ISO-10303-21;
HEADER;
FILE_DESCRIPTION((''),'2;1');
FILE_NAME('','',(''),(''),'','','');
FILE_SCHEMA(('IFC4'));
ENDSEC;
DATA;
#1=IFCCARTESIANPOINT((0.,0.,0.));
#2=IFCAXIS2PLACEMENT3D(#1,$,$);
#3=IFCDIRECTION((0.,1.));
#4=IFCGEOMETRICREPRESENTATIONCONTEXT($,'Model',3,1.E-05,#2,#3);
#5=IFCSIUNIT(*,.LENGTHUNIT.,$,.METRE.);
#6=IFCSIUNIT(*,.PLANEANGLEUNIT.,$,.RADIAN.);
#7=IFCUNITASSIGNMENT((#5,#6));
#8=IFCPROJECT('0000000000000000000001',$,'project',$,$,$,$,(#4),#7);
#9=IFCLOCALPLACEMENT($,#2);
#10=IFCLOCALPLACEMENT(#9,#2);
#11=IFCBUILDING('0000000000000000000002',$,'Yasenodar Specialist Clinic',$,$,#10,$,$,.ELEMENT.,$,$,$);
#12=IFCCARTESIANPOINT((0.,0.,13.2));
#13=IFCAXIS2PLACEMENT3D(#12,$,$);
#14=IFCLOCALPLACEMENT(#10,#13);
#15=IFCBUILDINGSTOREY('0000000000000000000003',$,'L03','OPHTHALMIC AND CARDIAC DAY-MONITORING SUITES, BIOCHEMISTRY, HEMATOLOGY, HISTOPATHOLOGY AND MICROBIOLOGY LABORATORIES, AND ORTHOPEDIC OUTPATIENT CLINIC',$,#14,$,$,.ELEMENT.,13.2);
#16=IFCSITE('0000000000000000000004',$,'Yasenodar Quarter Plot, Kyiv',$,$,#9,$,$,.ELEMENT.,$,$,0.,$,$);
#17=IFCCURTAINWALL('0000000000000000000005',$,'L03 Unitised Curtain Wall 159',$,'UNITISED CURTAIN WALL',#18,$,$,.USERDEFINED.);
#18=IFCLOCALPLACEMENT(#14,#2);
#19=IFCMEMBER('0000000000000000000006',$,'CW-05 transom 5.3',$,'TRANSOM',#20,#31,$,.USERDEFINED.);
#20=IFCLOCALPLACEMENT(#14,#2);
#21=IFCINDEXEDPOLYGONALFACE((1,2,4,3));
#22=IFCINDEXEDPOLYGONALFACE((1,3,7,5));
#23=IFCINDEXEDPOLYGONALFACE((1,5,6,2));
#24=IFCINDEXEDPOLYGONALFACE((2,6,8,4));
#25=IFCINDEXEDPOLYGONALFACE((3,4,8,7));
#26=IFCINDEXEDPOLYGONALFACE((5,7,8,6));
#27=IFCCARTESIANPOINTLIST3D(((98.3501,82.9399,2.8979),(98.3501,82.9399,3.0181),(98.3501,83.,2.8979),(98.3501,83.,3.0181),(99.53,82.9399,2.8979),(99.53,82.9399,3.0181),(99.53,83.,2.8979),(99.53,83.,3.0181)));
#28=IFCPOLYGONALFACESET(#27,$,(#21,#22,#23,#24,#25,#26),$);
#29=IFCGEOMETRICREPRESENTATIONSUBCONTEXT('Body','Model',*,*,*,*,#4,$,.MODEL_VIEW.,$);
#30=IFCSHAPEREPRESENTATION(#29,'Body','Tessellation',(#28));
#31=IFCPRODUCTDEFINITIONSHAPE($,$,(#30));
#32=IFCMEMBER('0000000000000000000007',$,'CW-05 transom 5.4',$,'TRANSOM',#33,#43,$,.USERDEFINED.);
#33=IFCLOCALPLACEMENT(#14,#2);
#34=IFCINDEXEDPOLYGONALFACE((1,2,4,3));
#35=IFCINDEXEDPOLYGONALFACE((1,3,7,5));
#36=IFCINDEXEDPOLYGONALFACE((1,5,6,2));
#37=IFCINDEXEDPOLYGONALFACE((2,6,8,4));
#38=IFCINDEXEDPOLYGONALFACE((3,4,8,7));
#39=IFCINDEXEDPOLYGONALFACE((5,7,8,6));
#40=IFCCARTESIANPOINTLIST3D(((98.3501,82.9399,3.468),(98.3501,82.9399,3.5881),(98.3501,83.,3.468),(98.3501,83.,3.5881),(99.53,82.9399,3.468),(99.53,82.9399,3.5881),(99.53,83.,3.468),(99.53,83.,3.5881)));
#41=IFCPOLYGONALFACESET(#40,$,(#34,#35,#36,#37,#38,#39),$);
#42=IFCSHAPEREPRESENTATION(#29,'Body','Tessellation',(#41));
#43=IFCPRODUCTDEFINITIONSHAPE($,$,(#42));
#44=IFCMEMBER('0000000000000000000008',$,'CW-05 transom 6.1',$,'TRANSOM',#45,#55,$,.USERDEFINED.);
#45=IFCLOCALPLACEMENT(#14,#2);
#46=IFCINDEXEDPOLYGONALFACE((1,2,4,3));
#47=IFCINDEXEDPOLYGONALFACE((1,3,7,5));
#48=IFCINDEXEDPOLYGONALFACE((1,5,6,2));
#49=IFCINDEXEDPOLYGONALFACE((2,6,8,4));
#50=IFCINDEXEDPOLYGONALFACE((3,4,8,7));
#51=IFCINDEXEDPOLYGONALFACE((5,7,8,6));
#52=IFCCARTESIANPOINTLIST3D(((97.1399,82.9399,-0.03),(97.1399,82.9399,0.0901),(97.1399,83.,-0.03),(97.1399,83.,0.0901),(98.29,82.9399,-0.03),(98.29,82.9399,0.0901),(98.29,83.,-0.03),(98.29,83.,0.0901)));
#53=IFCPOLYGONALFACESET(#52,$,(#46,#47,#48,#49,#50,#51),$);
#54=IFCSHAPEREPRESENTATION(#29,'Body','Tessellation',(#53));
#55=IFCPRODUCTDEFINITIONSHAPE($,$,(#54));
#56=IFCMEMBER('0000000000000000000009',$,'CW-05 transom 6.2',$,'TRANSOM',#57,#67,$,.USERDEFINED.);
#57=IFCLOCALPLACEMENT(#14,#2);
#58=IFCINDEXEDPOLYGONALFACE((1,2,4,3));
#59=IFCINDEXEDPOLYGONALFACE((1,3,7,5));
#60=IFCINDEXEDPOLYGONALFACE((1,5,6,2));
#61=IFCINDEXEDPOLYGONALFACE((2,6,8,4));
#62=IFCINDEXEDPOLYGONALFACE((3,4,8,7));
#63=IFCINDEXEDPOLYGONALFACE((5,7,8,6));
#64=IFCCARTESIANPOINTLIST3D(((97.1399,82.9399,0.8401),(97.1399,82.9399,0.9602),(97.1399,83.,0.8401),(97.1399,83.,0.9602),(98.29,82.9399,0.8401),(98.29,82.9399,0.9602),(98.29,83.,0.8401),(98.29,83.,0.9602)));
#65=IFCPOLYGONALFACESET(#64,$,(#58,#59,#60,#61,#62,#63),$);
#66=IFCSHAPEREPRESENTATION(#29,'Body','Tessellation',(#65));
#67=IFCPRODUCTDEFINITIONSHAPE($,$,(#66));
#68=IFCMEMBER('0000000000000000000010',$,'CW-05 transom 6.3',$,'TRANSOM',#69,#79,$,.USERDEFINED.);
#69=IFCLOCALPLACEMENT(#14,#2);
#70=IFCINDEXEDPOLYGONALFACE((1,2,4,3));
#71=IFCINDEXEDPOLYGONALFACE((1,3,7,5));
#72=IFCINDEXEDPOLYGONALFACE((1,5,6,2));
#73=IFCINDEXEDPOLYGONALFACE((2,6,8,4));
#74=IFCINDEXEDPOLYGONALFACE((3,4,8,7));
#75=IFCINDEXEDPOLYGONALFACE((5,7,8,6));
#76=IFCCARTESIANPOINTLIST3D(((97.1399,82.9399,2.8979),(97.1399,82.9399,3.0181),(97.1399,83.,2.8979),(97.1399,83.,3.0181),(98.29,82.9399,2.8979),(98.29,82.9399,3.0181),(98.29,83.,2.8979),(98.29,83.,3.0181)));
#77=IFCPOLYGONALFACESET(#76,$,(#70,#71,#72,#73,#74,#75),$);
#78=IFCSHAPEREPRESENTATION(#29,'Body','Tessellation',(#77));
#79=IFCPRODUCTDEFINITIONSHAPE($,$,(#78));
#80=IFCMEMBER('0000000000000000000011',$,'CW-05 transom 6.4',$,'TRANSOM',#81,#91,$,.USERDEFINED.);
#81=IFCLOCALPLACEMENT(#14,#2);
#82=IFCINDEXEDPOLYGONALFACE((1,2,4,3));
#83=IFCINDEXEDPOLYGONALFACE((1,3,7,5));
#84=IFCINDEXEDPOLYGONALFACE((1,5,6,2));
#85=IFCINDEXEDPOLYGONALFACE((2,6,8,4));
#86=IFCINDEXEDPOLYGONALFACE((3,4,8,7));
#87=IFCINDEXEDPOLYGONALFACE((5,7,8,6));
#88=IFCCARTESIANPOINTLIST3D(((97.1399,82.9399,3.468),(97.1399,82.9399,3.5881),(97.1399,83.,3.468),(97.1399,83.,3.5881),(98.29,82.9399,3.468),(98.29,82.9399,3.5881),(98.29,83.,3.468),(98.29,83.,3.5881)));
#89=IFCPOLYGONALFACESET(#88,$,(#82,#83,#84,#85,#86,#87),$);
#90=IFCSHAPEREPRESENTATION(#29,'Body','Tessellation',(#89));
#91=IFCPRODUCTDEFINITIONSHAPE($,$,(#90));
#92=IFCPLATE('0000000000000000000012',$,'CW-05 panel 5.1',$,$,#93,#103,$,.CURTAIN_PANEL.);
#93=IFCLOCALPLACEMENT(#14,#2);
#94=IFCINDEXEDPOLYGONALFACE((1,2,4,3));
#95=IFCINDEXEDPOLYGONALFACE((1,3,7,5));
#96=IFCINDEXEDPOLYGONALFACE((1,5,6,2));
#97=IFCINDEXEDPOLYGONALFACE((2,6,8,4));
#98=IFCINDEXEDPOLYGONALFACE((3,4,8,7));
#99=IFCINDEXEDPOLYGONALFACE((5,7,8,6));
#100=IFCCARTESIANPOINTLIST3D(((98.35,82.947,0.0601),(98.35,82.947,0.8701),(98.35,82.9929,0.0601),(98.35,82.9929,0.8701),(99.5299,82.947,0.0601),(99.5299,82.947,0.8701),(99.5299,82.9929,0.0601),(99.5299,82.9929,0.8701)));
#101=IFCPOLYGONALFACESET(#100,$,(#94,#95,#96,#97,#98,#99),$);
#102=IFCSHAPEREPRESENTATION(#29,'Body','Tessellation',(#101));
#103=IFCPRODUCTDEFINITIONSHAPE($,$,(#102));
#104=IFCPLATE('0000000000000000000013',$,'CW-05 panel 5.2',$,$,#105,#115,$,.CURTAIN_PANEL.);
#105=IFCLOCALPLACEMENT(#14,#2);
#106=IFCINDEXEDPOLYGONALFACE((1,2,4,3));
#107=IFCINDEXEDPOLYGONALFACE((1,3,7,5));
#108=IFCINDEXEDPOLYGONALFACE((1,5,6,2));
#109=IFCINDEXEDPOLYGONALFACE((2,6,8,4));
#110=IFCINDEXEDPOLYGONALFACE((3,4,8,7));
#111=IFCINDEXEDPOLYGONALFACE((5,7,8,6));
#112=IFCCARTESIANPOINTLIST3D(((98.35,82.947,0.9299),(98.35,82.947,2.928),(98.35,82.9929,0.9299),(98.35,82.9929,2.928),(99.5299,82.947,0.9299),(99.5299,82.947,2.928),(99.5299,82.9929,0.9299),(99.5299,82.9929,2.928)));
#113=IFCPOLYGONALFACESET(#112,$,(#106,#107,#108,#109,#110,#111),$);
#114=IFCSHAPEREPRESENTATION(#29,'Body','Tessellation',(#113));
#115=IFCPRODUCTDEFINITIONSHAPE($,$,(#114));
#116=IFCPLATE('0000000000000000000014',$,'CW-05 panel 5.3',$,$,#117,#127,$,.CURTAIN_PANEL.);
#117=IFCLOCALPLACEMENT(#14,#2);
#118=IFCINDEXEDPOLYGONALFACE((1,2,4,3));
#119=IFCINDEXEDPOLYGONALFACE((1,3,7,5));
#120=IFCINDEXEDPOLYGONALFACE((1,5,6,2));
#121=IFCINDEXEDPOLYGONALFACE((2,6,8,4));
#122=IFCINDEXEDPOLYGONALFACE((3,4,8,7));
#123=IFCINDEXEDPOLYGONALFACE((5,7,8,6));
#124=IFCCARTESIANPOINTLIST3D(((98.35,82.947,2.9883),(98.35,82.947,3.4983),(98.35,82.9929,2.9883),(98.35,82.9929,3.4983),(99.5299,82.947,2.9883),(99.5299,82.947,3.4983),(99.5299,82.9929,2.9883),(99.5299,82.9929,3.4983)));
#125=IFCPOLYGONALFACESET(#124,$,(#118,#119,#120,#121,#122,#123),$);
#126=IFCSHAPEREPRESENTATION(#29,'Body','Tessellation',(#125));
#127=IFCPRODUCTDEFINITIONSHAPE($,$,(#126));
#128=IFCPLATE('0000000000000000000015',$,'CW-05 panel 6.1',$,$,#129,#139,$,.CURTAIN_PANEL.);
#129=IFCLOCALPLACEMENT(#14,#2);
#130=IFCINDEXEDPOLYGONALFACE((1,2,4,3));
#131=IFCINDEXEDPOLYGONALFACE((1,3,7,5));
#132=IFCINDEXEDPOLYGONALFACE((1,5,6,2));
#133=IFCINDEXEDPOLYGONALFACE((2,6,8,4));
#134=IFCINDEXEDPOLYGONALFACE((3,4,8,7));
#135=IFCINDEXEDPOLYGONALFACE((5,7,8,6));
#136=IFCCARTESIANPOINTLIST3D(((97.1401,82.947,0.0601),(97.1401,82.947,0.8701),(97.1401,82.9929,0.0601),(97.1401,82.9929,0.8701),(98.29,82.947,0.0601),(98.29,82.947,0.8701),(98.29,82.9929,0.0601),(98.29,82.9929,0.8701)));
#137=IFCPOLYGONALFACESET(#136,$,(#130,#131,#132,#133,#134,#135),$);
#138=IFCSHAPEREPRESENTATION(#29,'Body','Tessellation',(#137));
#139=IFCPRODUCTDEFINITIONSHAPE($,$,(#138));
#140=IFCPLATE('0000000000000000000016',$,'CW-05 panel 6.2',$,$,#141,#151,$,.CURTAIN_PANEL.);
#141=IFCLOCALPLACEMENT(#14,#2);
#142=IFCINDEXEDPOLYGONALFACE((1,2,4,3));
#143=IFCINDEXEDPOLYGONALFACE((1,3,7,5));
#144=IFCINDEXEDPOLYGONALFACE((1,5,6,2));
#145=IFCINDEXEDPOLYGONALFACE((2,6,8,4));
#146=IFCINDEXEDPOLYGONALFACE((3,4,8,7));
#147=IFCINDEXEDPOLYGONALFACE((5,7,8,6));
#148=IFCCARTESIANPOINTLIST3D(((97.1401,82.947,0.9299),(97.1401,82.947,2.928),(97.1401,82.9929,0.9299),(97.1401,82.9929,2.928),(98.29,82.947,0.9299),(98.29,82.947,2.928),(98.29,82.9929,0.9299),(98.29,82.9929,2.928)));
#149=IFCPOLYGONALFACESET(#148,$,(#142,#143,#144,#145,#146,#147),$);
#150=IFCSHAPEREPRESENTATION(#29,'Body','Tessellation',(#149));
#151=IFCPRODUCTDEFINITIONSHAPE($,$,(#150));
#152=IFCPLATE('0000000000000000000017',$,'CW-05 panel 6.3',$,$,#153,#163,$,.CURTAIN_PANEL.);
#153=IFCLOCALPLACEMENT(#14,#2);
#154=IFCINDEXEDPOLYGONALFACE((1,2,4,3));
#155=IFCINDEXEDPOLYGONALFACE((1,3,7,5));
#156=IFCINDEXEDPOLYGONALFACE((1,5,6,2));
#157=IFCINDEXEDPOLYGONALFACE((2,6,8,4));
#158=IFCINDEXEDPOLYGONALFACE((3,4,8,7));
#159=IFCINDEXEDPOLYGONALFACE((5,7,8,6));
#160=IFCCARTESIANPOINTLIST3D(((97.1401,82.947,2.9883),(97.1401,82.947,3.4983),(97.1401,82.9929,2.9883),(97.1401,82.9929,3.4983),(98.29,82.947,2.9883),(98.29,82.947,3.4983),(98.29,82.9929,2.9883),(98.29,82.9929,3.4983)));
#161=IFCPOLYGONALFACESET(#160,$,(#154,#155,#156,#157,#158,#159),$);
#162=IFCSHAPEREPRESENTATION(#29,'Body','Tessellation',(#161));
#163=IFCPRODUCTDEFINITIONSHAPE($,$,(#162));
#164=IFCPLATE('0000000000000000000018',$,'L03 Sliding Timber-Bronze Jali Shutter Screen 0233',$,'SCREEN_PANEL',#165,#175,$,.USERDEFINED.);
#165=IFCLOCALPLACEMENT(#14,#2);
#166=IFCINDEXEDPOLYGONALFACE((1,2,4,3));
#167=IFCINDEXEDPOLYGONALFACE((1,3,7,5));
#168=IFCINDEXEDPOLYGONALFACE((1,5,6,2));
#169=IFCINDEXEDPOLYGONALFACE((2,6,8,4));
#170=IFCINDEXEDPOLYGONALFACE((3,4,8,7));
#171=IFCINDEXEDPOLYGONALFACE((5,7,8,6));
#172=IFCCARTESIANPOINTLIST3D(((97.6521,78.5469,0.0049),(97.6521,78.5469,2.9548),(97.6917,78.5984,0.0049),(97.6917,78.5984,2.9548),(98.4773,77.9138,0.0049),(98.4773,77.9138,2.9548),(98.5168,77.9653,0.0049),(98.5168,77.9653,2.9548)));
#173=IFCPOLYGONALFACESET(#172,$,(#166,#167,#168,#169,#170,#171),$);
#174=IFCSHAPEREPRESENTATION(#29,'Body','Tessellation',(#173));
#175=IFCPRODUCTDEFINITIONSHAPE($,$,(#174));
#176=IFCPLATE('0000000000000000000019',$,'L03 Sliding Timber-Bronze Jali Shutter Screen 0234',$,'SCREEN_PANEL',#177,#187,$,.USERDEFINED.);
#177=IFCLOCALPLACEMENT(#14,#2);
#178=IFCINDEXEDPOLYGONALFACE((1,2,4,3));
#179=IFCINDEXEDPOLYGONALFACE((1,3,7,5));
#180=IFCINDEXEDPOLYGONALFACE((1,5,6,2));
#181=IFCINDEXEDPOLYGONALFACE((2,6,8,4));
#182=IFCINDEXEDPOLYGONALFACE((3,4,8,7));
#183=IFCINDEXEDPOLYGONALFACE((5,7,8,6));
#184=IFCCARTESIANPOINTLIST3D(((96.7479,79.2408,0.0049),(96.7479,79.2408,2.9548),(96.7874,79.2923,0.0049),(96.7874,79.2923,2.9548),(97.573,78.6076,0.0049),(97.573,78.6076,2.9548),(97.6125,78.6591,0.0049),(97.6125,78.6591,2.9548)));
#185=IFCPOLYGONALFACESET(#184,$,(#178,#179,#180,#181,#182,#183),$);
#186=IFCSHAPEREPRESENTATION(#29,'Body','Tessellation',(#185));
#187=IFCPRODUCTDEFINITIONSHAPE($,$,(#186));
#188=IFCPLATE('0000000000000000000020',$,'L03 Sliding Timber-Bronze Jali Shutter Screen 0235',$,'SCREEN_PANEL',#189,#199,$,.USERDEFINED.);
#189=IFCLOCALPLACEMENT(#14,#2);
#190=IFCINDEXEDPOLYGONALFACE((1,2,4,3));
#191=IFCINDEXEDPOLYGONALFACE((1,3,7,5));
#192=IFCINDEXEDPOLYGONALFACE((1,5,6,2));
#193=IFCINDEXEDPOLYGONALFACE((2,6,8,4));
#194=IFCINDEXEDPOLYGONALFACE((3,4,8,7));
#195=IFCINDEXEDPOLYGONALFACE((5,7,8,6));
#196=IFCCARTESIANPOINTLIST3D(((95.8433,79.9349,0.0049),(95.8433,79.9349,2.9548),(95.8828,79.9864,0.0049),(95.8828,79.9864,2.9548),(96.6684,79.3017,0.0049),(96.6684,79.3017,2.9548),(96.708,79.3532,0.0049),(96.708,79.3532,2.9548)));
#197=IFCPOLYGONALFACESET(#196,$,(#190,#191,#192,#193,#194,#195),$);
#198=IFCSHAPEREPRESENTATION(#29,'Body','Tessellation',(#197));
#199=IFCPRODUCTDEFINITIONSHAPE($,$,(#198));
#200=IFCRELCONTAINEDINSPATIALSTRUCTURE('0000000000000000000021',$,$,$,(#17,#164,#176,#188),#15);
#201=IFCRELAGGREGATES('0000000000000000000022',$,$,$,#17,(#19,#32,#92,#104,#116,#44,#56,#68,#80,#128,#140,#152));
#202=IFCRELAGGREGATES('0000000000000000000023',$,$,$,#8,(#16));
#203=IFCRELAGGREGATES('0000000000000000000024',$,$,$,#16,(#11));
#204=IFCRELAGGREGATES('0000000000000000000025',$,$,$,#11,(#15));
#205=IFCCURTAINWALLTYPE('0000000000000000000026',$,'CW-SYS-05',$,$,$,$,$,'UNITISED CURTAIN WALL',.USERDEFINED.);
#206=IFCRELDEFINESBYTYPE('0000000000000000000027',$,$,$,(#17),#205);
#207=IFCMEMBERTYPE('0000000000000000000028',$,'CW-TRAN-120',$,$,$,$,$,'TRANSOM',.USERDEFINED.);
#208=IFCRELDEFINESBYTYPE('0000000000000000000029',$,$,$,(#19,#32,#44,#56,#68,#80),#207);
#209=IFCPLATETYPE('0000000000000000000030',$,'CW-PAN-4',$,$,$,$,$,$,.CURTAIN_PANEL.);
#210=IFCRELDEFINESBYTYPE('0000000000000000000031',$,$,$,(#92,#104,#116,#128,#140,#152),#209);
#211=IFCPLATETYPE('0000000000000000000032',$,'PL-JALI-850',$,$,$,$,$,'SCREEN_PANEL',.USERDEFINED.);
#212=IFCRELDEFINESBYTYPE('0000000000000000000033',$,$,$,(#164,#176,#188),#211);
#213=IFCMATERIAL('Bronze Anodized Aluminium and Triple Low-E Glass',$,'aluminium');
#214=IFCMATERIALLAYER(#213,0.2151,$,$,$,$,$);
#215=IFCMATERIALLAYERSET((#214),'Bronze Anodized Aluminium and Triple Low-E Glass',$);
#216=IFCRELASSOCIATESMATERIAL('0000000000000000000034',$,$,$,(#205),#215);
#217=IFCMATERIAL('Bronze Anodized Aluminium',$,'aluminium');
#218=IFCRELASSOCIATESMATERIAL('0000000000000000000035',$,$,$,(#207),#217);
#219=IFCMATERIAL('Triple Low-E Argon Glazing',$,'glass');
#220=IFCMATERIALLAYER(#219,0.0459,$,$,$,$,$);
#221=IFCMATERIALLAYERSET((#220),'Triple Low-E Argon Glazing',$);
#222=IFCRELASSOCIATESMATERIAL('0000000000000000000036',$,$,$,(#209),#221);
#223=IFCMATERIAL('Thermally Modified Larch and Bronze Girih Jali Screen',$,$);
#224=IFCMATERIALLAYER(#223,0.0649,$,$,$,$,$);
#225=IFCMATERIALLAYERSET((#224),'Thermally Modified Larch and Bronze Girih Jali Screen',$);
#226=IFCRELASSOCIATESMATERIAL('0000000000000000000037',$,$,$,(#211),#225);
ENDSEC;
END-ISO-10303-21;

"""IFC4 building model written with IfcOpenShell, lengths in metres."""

from ifc_helpers import new_model, si_unit, direction, frame, origin, origin_2d, place, context, subcontext, project, spatial, rectangle, extrude, material, layer, layer_set, material_profile, profile_set, type_object, element, aggregate, save


model = new_model("IFC4")

# Units and contexts
model_context = context("Model", 3, precision=1e-05, world=origin(), true_north=direction((0.0, 1.0)))
body_context = subcontext(model_context, "Body", "Model", "MODEL_VIEW")
ifc_project = project(units=[si_unit("LENGTHUNIT", "METRE"), si_unit("PLANEANGLEUNIT", "RADIAN")], contexts=[model_context])

# Site, building, storey
site_placement = place(None, origin())
site = spatial("IfcSite", under=ifc_project, at=site_placement, Name="Yasenodar Quarter Plot, Kyiv", CompositionType="ELEMENT", RefElevation=0.0)
building_placement = place(site_placement, origin())
building = spatial("IfcBuilding", under=site, at=building_placement, Name="Yasenodar Specialist Clinic", CompositionType="ELEMENT")
storey_placement = place(building_placement, frame((0.0, 0.0, 13.2)))
storey = spatial("IfcBuildingStorey", under=building, at=storey_placement, Name="L03", Description="OPHTHALMIC AND CARDIAC DAY-MONITORING SUITES, BIOCHEMISTRY, HEMATOLOGY, HISTOPATHOLOGY AND MICROBIOLOGY LABORATORIES, AND ORTHOPEDIC OUTPATIENT CLINIC", CompositionType="ELEMENT", Elevation=13.2)

# Shared definitions
ifc_material_1 = material(Name="Bronze Anodized Aluminium and Triple Low-E Glass", Category="aluminium")
ifc_material_2 = material(Name="Bronze Anodized Aluminium", Category="aluminium")

# Curtain wall, members, plates
ifc_layer_1 = layer(ifc_material_1, 0.2151)
ifc_layer_set_1 = layer_set([ifc_layer_1], Name="Bronze Anodized Aluminium and Triple Low-E Glass")
curtain_wall_type_1 = type_object("IfcCurtainWallType", Name="CW-SYS-05", ElementType="UNITISED CURTAIN WALL", PredefinedType="USERDEFINED", material=ifc_layer_set_1)
curtain_wall_1_placement = place(storey_placement, origin())
curtain_wall_1 = element("IfcCurtainWall", 1, at=curtain_wall_1_placement, inside=storey, type_object=curtain_wall_type_1, Name="L03 Unitised Curtain Wall 159", ObjectType="UNITISED CURTAIN WALL", PredefinedType="USERDEFINED")
ifc_material_profile_1 = material_profile(ifc_material_2, rectangle(XDim=0.0601, YDim=0.1201, at=origin_2d()), Name="CW-TRAN 60x120")
ifc_profile_set_1 = profile_set([ifc_material_profile_1], Name="Bronze Anodized Aluminium")
member_type_1 = type_object("IfcMemberType", Name="CW-TRAN-120", ElementType="TRANSOM", PredefinedType="USERDEFINED", material=ifc_profile_set_1)
member_1_placement = place(storey_placement, frame((99.53, 82.97, 2.958), z_axis=(-1.0, 0.0, 0.0), x_axis=(0.0, -1.0, 0.0)))
member_1 = element("IfcMember", 2, at=member_1_placement, type_object=member_type_1, Name="CW-05 transom 5.3", ObjectType="TRANSOM", PredefinedType="USERDEFINED", context=body_context, shape_type="SweptSolid", body=[
    extrude(rectangle(XDim=0.0601, YDim=0.1201, at=origin_2d()), origin(), (0.0, 0.0, 1.0), 1.1799),
])
member_2_placement = place(storey_placement, frame((99.53, 82.97, 3.5281), z_axis=(-1.0, 0.0, 0.0), x_axis=(0.0, -1.0, 0.0)))
member_2 = element("IfcMember", 3, at=member_2_placement, type_object=member_type_1, Name="CW-05 transom 5.4", ObjectType="TRANSOM", PredefinedType="USERDEFINED", context=body_context, shape_type="SweptSolid", body=[
    extrude(rectangle(XDim=0.0601, YDim=0.1201, at=origin_2d()), origin(), (0.0, 0.0, 1.0), 1.1799),
])
member_3_placement = place(storey_placement, frame((98.29, 82.97, 0.03), z_axis=(-1.0, 0.0, 0.0), x_axis=(0.0, -1.0, 0.0)))
member_3 = element("IfcMember", 4, at=member_3_placement, type_object=member_type_1, Name="CW-05 transom 6.1", ObjectType="TRANSOM", PredefinedType="USERDEFINED", context=body_context, shape_type="SweptSolid", body=[
    extrude(rectangle(XDim=0.0601, YDim=0.1201, at=origin_2d()), origin(), (0.0, 0.0, 1.0), 1.1501),
])
member_4_placement = place(storey_placement, frame((98.29, 82.97, 0.9001), z_axis=(-1.0, 0.0, 0.0), x_axis=(0.0, -1.0, 0.0)))
member_4 = element("IfcMember", 5, at=member_4_placement, type_object=member_type_1, Name="CW-05 transom 6.2", ObjectType="TRANSOM", PredefinedType="USERDEFINED", context=body_context, shape_type="SweptSolid", body=[
    extrude(rectangle(XDim=0.0601, YDim=0.1201, at=origin_2d()), origin(), (0.0, 0.0, 1.0), 1.1501),
])
member_5_placement = place(storey_placement, frame((98.29, 82.97, 2.958), z_axis=(-1.0, 0.0, 0.0), x_axis=(0.0, -1.0, 0.0)))
member_5 = element("IfcMember", 6, at=member_5_placement, type_object=member_type_1, Name="CW-05 transom 6.3", ObjectType="TRANSOM", PredefinedType="USERDEFINED", context=body_context, shape_type="SweptSolid", body=[
    extrude(rectangle(XDim=0.0601, YDim=0.1201, at=origin_2d()), origin(), (0.0, 0.0, 1.0), 1.1501),
])
member_6_placement = place(storey_placement, frame((98.29, 82.97, 3.5281), z_axis=(-1.0, 0.0, 0.0), x_axis=(0.0, -1.0, 0.0)))
member_6 = element("IfcMember", 7, at=member_6_placement, type_object=member_type_1, Name="CW-05 transom 6.4", ObjectType="TRANSOM", PredefinedType="USERDEFINED", context=body_context, shape_type="SweptSolid", body=[
    extrude(rectangle(XDim=0.0601, YDim=0.1201, at=origin_2d()), origin(), (0.0, 0.0, 1.0), 1.1501),
])
ifc_material_3 = material(Name="Triple Low-E Argon Glazing", Category="glass")
ifc_layer_2 = layer(ifc_material_3, 0.0459)
ifc_layer_set_2 = layer_set([ifc_layer_2], Name="Triple Low-E Argon Glazing")
plate_type_1 = type_object("IfcPlateType", Name="CW-PAN-4", PredefinedType="CURTAIN_PANEL", material=ifc_layer_set_2)
plate_1_placement = place(storey_placement, frame((98.9399, 82.97, 0.0601), z_axis=(0.0, 0.0, 1.0), x_axis=(-1.0, 0.0, 0.0)))
plate_1 = element("IfcPlate", 8, at=plate_1_placement, type_object=plate_type_1, Name="CW-05 panel 5.1", PredefinedType="CURTAIN_PANEL", context=body_context, shape_type="SweptSolid", body=[
    extrude(rectangle(XDim=1.1799, YDim=0.0459, at=origin_2d()), origin(), (0.0, 0.0, 1.0), 0.8101),
])
plate_2_placement = place(storey_placement, frame((98.9399, 82.97, 0.9299), z_axis=(0.0, 0.0, 1.0), x_axis=(-1.0, 0.0, 0.0)))
plate_2 = element("IfcPlate", 9, at=plate_2_placement, type_object=plate_type_1, Name="CW-05 panel 5.2", PredefinedType="CURTAIN_PANEL", context=body_context, shape_type="SweptSolid", body=[
    extrude(rectangle(XDim=1.1799, YDim=0.0459, at=origin_2d()), origin(), (0.0, 0.0, 1.0), 1.998),
])
plate_3_placement = place(storey_placement, frame((98.9399, 82.97, 2.9883), z_axis=(0.0, 0.0, 1.0), x_axis=(-1.0, 0.0, 0.0)))
plate_3 = element("IfcPlate", 10, at=plate_3_placement, type_object=plate_type_1, Name="CW-05 panel 5.3", PredefinedType="CURTAIN_PANEL", context=body_context, shape_type="SweptSolid", body=[
    extrude(rectangle(XDim=1.1799, YDim=0.0459, at=origin_2d()), origin(), (0.0, 0.0, 1.0), 0.51),
])
plate_4_placement = place(storey_placement, frame((97.7151, 82.97, 0.0601), z_axis=(0.0, 0.0, 1.0), x_axis=(-1.0, 0.0, 0.0)))
plate_4 = element("IfcPlate", 11, at=plate_4_placement, type_object=plate_type_1, Name="CW-05 panel 6.1", PredefinedType="CURTAIN_PANEL", context=body_context, shape_type="SweptSolid", body=[
    extrude(rectangle(XDim=1.1499, YDim=0.0459, at=origin_2d()), origin(), (0.0, 0.0, 1.0), 0.8101),
])
plate_5_placement = place(storey_placement, frame((97.7151, 82.97, 0.9299), z_axis=(0.0, 0.0, 1.0), x_axis=(-1.0, 0.0, 0.0)))
plate_5 = element("IfcPlate", 12, at=plate_5_placement, type_object=plate_type_1, Name="CW-05 panel 6.2", PredefinedType="CURTAIN_PANEL", context=body_context, shape_type="SweptSolid", body=[
    extrude(rectangle(XDim=1.1499, YDim=0.0459, at=origin_2d()), origin(), (0.0, 0.0, 1.0), 1.998),
])
plate_6_placement = place(storey_placement, frame((97.7151, 82.97, 2.9883), z_axis=(0.0, 0.0, 1.0), x_axis=(-1.0, 0.0, 0.0)))
plate_6 = element("IfcPlate", 13, at=plate_6_placement, type_object=plate_type_1, Name="CW-05 panel 6.3", PredefinedType="CURTAIN_PANEL", context=body_context, shape_type="SweptSolid", body=[
    extrude(rectangle(XDim=1.1499, YDim=0.0459, at=origin_2d()), origin(), (0.0, 0.0, 1.0), 0.51),
])
aggregate(curtain_wall_1, [member_1, member_2, plate_1, plate_2, plate_3, member_3, member_4, member_5, member_6, plate_4, plate_5, plate_6])

# Plates
ifc_material_4 = material(Name="Thermally Modified Larch and Bronze Girih Jali Screen")
ifc_layer_3 = layer(ifc_material_4, 0.0649)
ifc_layer_set_3 = layer_set([ifc_layer_3], Name="Thermally Modified Larch and Bronze Girih Jali Screen")
plate_type_2 = type_object("IfcPlateType", Name="PL-JALI-850", ElementType="SCREEN_PANEL", PredefinedType="USERDEFINED", material=ifc_layer_set_3)
for number, where, z_axis, x_axis, name in (
    (14, (98.0845, 78.2561, 0.0049), (0.0, 0.0, 1.0), (-0.793351, 0.608764, 0.0), "L03 Sliding Timber-Bronze Jali Shutter Screen 0233"),
    (15, (97.1802, 78.95, 0.0049), (0.0, 0.0, 1.0), (-0.793351, 0.608764, 0.0), "L03 Sliding Timber-Bronze Jali Shutter Screen 0234"),
    (16, (96.2756, 79.644, 0.0049), (0.0, 0.0, 1.0), (-0.793351, 0.608764, 0.0), "L03 Sliding Timber-Bronze Jali Shutter Screen 0235"),
):
    element("IfcPlate", number, at=place(storey_placement, frame(where, z_axis=z_axis, x_axis=x_axis)), inside=storey, type_object=plate_type_2, Name=name, ObjectType="SCREEN_PANEL", PredefinedType="USERDEFINED", context=body_context, shape_type="SweptSolid", body=[
        extrude(rectangle(XDim=1.04, YDim=0.0649, at=origin_2d()), origin(), (0.0, 0.0, 1.0), 2.95),
    ])

save(model, "model.ifc")
